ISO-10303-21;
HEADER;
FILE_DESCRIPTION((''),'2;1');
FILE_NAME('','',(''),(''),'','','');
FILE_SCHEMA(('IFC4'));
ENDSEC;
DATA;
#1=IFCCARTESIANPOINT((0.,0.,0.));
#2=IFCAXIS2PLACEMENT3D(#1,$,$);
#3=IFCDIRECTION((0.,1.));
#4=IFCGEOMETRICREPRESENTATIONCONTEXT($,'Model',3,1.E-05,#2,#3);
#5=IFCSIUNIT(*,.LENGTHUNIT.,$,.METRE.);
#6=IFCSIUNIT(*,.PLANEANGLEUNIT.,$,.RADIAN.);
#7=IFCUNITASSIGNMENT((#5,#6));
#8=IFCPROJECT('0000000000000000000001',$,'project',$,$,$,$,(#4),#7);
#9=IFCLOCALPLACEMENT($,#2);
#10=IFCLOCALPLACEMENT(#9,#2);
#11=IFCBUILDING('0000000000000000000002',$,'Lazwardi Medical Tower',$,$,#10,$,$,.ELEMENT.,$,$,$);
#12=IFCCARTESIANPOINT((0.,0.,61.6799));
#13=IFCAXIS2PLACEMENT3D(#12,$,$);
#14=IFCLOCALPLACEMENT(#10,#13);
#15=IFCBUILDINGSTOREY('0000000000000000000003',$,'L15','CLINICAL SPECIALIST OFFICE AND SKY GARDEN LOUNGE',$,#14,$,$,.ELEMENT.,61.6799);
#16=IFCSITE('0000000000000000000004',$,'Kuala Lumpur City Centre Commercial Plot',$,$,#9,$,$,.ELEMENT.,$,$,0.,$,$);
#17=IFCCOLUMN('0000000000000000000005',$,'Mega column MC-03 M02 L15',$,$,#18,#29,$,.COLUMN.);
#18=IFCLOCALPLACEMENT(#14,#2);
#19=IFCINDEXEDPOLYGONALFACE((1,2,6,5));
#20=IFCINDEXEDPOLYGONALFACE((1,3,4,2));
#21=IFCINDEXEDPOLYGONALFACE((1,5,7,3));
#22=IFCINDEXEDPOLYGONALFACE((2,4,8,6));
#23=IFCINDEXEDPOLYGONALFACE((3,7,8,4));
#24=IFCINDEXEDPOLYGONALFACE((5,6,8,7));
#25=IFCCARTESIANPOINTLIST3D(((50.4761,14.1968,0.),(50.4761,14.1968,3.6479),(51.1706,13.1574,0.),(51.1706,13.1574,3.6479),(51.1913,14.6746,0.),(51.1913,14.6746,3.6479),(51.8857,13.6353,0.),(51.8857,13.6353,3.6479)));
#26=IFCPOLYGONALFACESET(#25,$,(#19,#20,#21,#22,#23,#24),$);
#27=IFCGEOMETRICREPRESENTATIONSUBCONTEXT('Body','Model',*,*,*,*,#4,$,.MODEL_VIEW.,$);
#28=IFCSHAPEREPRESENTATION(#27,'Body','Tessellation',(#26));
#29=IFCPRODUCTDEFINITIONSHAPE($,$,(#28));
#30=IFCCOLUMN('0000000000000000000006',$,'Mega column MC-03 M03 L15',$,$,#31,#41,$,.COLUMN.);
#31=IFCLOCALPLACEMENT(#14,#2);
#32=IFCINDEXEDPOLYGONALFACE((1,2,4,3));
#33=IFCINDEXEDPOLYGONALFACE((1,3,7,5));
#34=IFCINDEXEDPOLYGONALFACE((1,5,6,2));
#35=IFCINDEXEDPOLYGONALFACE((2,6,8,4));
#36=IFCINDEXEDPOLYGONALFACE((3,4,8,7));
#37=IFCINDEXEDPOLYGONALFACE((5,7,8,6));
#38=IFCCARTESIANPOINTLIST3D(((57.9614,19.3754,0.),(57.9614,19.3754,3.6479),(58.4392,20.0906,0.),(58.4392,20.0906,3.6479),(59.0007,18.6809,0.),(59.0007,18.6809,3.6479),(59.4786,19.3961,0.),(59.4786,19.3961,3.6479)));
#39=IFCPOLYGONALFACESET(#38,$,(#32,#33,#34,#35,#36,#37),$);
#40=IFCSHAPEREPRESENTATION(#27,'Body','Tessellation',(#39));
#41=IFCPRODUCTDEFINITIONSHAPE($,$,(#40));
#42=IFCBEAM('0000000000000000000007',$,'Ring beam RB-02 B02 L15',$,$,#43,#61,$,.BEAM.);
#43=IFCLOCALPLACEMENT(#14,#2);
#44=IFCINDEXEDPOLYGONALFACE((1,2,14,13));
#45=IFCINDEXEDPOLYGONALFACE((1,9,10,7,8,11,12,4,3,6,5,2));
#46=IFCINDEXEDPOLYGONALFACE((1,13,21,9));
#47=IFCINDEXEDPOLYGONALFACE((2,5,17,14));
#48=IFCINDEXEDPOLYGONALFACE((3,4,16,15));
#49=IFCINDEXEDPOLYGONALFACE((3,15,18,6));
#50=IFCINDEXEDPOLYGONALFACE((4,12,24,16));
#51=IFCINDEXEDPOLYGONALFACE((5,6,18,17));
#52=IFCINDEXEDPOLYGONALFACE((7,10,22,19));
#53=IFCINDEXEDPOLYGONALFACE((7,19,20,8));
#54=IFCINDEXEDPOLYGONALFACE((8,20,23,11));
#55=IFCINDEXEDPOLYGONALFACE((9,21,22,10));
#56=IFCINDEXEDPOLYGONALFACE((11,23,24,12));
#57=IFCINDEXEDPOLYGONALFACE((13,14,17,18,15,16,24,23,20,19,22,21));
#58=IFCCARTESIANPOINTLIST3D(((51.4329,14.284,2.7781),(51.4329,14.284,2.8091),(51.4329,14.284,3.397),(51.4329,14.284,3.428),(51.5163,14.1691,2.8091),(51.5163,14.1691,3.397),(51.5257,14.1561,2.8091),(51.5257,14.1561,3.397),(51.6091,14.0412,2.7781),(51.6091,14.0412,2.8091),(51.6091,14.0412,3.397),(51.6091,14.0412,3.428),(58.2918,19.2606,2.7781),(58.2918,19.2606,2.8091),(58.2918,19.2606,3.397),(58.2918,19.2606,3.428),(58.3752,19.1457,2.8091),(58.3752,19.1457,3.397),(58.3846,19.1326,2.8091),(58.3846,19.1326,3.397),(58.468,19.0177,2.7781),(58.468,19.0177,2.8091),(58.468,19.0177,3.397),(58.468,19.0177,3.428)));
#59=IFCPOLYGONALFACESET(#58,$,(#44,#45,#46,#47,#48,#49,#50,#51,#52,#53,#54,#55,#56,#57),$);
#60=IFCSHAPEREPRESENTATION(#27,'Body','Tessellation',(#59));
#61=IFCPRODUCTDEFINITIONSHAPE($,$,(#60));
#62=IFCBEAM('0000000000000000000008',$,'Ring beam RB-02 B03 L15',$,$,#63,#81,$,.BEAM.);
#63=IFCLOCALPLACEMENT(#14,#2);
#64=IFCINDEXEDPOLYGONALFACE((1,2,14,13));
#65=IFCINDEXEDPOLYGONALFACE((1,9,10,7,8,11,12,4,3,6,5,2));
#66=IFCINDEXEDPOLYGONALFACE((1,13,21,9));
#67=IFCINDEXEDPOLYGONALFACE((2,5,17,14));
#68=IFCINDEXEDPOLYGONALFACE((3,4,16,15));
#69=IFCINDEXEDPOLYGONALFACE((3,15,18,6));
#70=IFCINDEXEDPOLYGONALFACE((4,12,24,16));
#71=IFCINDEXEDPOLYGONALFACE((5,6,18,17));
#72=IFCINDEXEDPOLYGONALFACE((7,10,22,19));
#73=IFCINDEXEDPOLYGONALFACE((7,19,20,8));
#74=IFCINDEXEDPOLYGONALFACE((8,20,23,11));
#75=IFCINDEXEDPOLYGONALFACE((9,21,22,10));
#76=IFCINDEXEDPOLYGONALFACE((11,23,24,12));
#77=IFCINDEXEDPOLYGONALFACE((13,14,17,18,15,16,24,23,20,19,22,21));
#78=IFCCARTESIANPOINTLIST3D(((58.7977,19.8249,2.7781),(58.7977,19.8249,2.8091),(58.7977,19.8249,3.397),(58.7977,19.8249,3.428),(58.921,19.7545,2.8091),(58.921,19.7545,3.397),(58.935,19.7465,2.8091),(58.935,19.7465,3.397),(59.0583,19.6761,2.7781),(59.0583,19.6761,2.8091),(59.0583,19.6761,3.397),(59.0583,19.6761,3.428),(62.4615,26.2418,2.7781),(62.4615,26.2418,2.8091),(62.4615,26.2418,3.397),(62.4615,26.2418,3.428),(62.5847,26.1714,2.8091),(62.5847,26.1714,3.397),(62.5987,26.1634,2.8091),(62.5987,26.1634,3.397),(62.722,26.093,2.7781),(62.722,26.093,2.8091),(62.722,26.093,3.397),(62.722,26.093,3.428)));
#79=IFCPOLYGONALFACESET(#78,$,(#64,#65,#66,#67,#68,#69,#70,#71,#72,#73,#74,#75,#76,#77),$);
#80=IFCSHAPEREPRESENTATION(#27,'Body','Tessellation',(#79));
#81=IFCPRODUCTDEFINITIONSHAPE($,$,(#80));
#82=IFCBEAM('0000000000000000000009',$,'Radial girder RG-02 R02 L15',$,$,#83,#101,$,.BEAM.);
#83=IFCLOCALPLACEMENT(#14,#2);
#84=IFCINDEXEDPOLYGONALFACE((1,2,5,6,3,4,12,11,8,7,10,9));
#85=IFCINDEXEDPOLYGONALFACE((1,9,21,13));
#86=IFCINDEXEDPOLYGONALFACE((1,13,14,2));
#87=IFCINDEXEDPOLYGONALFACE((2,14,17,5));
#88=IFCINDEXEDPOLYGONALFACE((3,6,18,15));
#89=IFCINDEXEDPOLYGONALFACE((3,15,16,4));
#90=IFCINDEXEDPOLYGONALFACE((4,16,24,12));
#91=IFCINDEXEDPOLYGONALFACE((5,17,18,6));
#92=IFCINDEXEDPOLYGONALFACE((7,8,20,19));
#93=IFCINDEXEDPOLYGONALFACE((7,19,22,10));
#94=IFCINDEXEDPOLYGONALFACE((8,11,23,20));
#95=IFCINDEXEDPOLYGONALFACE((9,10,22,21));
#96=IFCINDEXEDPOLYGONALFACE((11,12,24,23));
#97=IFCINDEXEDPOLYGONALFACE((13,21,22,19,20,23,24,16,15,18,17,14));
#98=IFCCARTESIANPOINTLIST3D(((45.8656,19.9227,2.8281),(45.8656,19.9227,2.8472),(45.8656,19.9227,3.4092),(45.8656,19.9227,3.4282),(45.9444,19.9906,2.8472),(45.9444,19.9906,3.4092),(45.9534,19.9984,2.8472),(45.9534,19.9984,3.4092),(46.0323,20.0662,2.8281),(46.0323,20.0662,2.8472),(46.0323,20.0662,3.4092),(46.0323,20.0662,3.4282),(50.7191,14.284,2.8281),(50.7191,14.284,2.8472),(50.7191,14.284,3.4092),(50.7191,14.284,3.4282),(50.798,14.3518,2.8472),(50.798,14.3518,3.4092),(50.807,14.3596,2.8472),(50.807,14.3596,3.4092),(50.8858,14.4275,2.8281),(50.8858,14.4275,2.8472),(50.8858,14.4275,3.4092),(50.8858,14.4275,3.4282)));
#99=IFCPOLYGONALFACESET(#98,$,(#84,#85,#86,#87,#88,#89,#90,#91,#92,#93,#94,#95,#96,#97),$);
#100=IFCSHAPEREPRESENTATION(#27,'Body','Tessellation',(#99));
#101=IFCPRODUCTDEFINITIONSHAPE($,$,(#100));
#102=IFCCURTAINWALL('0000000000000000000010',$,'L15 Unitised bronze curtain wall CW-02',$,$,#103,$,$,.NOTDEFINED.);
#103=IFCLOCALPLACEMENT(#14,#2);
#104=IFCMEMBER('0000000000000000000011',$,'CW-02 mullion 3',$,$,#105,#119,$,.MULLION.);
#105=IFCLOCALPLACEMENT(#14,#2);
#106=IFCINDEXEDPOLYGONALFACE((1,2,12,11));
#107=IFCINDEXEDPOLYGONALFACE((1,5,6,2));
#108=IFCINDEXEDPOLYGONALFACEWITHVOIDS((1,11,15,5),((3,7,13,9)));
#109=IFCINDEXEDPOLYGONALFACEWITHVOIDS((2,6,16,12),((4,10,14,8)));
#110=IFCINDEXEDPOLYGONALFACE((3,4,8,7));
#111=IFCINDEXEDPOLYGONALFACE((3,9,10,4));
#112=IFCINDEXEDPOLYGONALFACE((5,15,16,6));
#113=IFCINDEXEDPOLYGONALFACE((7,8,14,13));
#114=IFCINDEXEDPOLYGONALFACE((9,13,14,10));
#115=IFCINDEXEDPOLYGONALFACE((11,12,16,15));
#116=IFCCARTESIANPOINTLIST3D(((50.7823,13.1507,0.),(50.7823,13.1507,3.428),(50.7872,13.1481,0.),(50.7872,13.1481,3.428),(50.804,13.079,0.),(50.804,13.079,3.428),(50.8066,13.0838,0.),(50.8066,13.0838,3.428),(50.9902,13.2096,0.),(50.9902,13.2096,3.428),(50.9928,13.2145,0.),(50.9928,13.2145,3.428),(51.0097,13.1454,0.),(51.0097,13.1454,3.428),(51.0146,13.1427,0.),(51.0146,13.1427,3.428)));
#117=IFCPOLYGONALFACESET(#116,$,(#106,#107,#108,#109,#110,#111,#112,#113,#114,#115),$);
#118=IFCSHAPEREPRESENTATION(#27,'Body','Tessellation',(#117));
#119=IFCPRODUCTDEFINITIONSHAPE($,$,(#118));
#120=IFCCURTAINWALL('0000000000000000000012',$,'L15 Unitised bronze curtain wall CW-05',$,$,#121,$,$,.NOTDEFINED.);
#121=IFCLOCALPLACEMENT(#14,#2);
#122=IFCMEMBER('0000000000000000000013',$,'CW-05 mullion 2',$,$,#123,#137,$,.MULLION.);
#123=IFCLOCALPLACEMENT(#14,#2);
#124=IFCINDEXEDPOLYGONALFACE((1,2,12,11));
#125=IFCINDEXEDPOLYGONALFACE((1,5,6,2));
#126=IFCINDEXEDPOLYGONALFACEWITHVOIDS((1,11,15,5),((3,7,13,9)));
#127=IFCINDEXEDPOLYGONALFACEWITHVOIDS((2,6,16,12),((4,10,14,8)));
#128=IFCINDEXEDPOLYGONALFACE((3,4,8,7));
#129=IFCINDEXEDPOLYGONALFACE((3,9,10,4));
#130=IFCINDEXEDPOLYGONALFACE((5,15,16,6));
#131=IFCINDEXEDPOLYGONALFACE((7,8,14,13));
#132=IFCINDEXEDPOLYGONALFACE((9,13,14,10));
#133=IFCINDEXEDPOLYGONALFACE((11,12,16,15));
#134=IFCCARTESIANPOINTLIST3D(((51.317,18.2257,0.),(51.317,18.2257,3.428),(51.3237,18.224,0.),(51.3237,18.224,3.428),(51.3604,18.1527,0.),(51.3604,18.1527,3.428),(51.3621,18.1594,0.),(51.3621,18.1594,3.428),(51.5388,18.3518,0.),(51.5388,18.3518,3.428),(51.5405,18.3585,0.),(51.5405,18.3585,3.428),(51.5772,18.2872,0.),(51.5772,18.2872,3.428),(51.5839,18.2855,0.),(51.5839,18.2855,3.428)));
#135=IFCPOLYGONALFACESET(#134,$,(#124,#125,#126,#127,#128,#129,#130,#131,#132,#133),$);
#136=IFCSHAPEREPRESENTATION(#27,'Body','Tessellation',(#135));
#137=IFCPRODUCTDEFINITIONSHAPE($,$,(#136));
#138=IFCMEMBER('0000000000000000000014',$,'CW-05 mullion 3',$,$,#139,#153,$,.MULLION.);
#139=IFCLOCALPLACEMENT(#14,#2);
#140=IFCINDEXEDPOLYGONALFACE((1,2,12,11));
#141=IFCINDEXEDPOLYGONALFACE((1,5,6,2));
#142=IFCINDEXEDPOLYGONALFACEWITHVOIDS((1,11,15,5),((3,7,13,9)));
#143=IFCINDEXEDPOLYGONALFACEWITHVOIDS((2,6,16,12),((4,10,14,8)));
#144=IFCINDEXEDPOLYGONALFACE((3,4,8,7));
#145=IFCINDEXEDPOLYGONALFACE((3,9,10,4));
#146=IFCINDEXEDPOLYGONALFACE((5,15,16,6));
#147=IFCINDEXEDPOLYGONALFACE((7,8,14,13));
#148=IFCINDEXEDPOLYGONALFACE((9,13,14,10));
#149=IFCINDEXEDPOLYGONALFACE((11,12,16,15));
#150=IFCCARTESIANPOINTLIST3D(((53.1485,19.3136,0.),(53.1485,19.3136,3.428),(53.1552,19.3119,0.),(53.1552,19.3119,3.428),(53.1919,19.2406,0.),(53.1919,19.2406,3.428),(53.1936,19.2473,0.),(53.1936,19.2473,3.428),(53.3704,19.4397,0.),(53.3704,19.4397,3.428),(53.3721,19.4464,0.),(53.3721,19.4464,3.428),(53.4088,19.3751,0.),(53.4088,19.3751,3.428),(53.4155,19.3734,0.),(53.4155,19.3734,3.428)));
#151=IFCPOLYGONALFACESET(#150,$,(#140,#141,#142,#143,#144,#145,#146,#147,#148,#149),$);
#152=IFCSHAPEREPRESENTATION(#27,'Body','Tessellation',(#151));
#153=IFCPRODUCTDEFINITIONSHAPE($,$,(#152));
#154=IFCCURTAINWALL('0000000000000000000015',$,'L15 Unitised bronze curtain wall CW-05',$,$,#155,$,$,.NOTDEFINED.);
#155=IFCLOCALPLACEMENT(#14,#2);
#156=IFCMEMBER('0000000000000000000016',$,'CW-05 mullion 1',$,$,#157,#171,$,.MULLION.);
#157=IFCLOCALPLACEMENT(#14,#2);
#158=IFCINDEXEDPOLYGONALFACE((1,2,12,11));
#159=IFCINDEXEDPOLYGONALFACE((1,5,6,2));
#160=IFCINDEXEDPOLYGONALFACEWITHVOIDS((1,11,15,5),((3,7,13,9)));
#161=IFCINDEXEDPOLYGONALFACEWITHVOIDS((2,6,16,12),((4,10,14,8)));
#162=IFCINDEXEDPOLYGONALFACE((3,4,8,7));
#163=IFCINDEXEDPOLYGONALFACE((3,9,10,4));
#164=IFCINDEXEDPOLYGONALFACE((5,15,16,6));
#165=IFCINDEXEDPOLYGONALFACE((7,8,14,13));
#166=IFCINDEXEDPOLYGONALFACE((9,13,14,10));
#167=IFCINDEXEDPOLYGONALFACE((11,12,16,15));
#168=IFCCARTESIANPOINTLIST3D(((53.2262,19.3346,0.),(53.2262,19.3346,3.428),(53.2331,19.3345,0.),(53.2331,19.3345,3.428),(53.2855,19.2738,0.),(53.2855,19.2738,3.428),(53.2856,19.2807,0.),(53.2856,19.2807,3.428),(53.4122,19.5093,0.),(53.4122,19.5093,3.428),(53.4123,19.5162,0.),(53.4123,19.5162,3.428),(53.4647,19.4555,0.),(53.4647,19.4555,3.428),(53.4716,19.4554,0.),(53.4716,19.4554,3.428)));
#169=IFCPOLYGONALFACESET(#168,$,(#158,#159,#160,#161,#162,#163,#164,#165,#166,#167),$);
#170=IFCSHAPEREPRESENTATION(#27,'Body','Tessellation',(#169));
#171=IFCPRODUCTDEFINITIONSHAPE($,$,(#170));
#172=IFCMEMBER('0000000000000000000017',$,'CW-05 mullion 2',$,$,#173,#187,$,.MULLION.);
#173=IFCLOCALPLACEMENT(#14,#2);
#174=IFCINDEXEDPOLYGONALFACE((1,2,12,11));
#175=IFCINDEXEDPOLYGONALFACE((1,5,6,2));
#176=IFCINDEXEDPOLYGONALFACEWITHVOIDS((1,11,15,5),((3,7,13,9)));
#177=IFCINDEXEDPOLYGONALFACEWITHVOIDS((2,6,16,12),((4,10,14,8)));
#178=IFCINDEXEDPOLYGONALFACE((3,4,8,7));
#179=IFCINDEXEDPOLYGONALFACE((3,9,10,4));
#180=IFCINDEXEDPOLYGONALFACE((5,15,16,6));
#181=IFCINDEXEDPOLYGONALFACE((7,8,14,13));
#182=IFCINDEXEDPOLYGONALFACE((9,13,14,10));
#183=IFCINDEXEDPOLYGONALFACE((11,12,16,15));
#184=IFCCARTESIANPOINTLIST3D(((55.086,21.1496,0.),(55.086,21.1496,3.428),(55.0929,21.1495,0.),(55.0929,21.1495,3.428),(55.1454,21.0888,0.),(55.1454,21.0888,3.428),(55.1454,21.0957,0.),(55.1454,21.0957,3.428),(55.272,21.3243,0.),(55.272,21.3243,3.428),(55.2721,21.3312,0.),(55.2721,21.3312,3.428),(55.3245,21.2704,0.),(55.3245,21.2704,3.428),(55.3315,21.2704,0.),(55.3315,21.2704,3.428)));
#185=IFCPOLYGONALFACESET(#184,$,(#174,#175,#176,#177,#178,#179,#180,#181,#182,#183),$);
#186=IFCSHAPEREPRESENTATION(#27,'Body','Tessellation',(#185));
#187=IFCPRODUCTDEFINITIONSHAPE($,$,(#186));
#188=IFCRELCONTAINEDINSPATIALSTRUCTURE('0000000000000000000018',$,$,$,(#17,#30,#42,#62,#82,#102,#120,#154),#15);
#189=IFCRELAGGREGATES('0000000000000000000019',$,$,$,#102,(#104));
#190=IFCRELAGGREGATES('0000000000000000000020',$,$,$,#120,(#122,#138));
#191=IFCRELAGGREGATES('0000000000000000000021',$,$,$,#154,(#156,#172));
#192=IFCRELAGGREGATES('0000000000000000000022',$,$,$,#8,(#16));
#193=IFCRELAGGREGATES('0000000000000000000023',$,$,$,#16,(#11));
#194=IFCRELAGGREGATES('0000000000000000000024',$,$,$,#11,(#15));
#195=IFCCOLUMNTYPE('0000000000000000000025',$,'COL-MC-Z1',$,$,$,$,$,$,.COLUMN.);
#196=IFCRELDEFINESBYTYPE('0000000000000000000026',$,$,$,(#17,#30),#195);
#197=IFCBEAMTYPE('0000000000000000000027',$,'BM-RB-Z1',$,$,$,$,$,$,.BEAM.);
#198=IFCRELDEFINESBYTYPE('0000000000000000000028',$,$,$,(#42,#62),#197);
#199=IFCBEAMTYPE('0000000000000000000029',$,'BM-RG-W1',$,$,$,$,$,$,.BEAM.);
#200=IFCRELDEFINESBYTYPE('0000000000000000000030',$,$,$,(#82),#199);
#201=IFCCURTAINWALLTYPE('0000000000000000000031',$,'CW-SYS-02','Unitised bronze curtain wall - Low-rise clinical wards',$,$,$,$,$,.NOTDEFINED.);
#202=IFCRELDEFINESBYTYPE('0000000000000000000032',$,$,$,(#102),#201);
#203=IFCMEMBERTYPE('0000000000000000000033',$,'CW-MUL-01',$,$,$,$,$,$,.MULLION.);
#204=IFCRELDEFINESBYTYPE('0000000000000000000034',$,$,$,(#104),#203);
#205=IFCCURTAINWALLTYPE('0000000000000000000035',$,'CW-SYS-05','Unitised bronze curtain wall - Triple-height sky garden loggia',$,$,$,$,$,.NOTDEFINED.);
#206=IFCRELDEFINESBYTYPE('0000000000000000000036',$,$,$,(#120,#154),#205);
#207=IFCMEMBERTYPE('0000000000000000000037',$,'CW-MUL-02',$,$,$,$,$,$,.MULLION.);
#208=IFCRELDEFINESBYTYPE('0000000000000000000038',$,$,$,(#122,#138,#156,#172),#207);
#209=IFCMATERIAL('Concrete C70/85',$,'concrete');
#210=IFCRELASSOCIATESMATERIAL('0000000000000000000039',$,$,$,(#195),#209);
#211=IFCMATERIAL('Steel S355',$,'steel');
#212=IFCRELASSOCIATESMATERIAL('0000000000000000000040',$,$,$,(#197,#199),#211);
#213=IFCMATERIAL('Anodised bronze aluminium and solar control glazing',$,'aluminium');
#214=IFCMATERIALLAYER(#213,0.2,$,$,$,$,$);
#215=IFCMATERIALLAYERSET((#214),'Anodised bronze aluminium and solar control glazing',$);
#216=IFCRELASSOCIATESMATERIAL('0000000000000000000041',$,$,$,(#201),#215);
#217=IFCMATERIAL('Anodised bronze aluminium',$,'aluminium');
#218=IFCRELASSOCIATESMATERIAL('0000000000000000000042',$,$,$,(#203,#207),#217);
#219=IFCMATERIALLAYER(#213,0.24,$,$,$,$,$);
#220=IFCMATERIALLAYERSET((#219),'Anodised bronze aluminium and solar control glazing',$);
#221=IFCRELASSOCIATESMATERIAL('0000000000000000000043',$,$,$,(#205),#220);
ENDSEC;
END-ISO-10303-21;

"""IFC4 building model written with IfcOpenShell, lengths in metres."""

from ifc_helpers import new_model, si_unit, direction, frame, origin, origin_2d, place, context, subcontext, project, spatial, rectangle, hollow_rectangle, i_section, extrude, material, layer, layer_set, material_profile, profile_set, type_object, element, aggregate, save


model = new_model("IFC4")

# Units and contexts
model_context = context("Model", 3, precision=1e-05, world=origin(), true_north=direction((0.0, 1.0)))
body_context = subcontext(model_context, "Body", "Model", "MODEL_VIEW")
ifc_project = project(units=[si_unit("LENGTHUNIT", "METRE"), si_unit("PLANEANGLEUNIT", "RADIAN")], contexts=[model_context])

# Site, building, storey
site_placement = place(None, origin())
site = spatial("IfcSite", under=ifc_project, at=site_placement, Name="Kuala Lumpur City Centre Commercial Plot", CompositionType="ELEMENT", RefElevation=0.0)
building_placement = place(site_placement, origin())
building = spatial("IfcBuilding", under=site, at=building_placement, Name="Lazwardi Medical Tower", CompositionType="ELEMENT")
storey_placement = place(building_placement, frame((0.0, 0.0, 61.6799)))
storey = spatial("IfcBuildingStorey", under=building, at=storey_placement, Name="L15", Description="CLINICAL SPECIALIST OFFICE AND SKY GARDEN LOUNGE", CompositionType="ELEMENT", Elevation=61.6799)

# Columns
ifc_material_1 = material(Name="Concrete C70/85", Category="concrete")
ifc_material_profile_1 = material_profile(ifc_material_1, rectangle(XDim=1.25, YDim=0.8601, at=origin_2d()), Name="CFT-RECT 1250x860")
ifc_profile_set_1 = profile_set([ifc_material_profile_1], Name="Concrete C70/85")
column_type = type_object("IfcColumnType", Name="COL-MC-Z1", PredefinedType="COLUMN", material=ifc_profile_set_1)
for number, where, z_axis, x_axis, name in (
    (1, (51.1809, 13.916, 0.0), (0.0, 0.0, 1.0), (0.55557, -0.83147, 0.0), "Mega column MC-03 M02 L15"),
    (2, (58.72, 19.3857, 0.0), (0.0, 0.0, 1.0), (0.83147, -0.55557, 0.0), "Mega column MC-03 M03 L15"),
):
    element("IfcColumn", number, at=place(storey_placement, frame(where, z_axis=z_axis, x_axis=x_axis)), inside=storey, type_object=column_type, Name=name, PredefinedType="COLUMN", context=body_context, shape_type="SweptSolid", body=[
        extrude(rectangle(XDim=1.25, YDim=0.8601, at=origin_2d()), origin(), (0.0, 0.0, 1.0), 3.6479),
    ])

# Beams
ifc_material_2 = material(Name="Steel S355", Category="steel")
ifc_material_profile_2 = material_profile(ifc_material_2, i_section(OverallWidth=0.3, OverallDepth=0.6499, WebThickness=0.0161, FlangeThickness=0.031, at=origin_2d()), Name="HEB 650")
ifc_profile_set_2 = profile_set([ifc_material_profile_2], Name="Steel S355")
beam_type_1 = type_object("IfcBeamType", Name="BM-RB-Z1", PredefinedType="BEAM", material=ifc_profile_set_2)
beam_1_placement = place(storey_placement, frame((51.521, 14.1626, 3.103), z_axis=(0.809393, 0.587267, 0.0), x_axis=(-0.587267, 0.809393, 0.0)))
element("IfcBeam", 3, at=beam_1_placement, inside=storey, type_object=beam_type_1, Name="Ring beam RB-02 B02 L15", PredefinedType="BEAM", context=body_context, shape_type="SweptSolid", body=[
    extrude(i_section(OverallWidth=0.3, OverallDepth=0.6499, WebThickness=0.0161, FlangeThickness=0.031, at=origin_2d()), origin(), (0.0, 0.0, 1.0), 8.4741),
])
beam_2_placement = place(storey_placement, frame((58.928, 19.7505, 3.103), z_axis=(0.495829, 0.86842, 0.0), x_axis=(-0.86842, 0.495829, 0.0)))
element("IfcBeam", 4, at=beam_2_placement, inside=storey, type_object=beam_type_1, Name="Ring beam RB-02 B03 L15", PredefinedType="BEAM", context=body_context, shape_type="SweptSolid", body=[
    extrude(i_section(OverallWidth=0.3, OverallDepth=0.6499, WebThickness=0.0161, FlangeThickness=0.031, at=origin_2d()), origin(), (0.0, 0.0, 1.0), 7.3892),
])
ifc_material_profile_3 = material_profile(ifc_material_2, i_section(OverallWidth=0.22, OverallDepth=0.6001, WebThickness=0.012, FlangeThickness=0.019, at=origin_2d()), Name="IPE 600")
ifc_profile_set_3 = profile_set([ifc_material_profile_3], Name="Steel S355")
beam_type_2 = type_object("IfcBeamType", Name="BM-RG-W1", PredefinedType="BEAM", material=ifc_profile_set_3)
beam_3_placement = place(storey_placement, frame((50.8025, 14.3557, 3.1282), z_axis=(-0.652368, 0.757902, 0.0), x_axis=(-0.757902, -0.652368, 0.0)))
element("IfcBeam", 5, at=beam_3_placement, inside=storey, type_object=beam_type_2, Name="Radial girder RG-02 R02 L15", PredefinedType="BEAM", context=body_context, shape_type="SweptSolid", body=[
    extrude(i_section(OverallWidth=0.22, OverallDepth=0.6001, WebThickness=0.012, FlangeThickness=0.019, at=origin_2d()), origin(), (0.0, 0.0, 1.0), 7.4399),
])

# Curtain wall, member
ifc_material_3 = material(Name="Anodised bronze aluminium and solar control glazing", Category="aluminium")
ifc_layer_1 = layer(ifc_material_3, 0.2)
ifc_layer_set_1 = layer_set([ifc_layer_1], Name="Anodised bronze aluminium and solar control glazing")
curtain_wall_type_1 = type_object("IfcCurtainWallType", Name="CW-SYS-02", Description="Unitised bronze curtain wall - Low-rise clinical wards", PredefinedType="NOTDEFINED", material=ifc_layer_set_1)
curtain_wall_1_placement = place(storey_placement, origin())
curtain_wall_1 = element("IfcCurtainWall", 6, at=curtain_wall_1_placement, inside=storey, type_object=curtain_wall_type_1, Name="L15 Unitised bronze curtain wall CW-02", PredefinedType="NOTDEFINED")
ifc_material_4 = material(Name="Anodised bronze aluminium", Category="aluminium")
ifc_material_profile_4 = material_profile(ifc_material_4, hollow_rectangle(XDim=0.075, YDim=0.22, WallThickness=0.0039, at=origin_2d()), Name="ALU-MULLION 220x75x4")
ifc_profile_set_4 = profile_set([ifc_material_profile_4], Name="Anodised bronze aluminium")
member_type_1 = type_object("IfcMemberType", Name="CW-MUL-01", PredefinedType="MULLION", material=ifc_profile_set_4)
member_1_placement = place(storey_placement, frame((50.8984, 13.1467, 0.0), z_axis=(0.0, 0.0, 1.0), x_axis=(-0.289896, 0.957058, 0.0)))
member_1 = element("IfcMember", 7, at=member_1_placement, type_object=member_type_1, Name="CW-02 mullion 3", PredefinedType="MULLION", context=body_context, shape_type="SweptSolid", body=[
    extrude(hollow_rectangle(XDim=0.075, YDim=0.22, WallThickness=0.0039, at=origin_2d()), origin(), (0.0, 0.0, 1.0), 3.428),
])
aggregate(curtain_wall_1, [member_1])

# Curtain walls, members
ifc_layer_2 = layer(ifc_material_3, 0.24)
ifc_layer_set_2 = layer_set([ifc_layer_2], Name="Anodised bronze aluminium and solar control glazing")
curtain_wall_type_2 = type_object("IfcCurtainWallType", Name="CW-SYS-05", Description="Unitised bronze curtain wall - Triple-height sky garden loggia", PredefinedType="NOTDEFINED", material=ifc_layer_set_2)
curtain_wall_2_placement = place(storey_placement, origin())
curtain_wall_2 = element("IfcCurtainWall", 8, at=curtain_wall_2_placement, inside=storey, type_object=curtain_wall_type_2, Name="L15 Unitised bronze curtain wall CW-05", PredefinedType="NOTDEFINED")
ifc_material_profile_5 = material_profile(ifc_material_4, hollow_rectangle(XDim=0.085, YDim=0.26, WallThickness=0.0049, at=origin_2d()), Name="ALU-MULLION 260x85x5")
ifc_profile_set_5 = profile_set([ifc_material_profile_5], Name="Anodised bronze aluminium")
member_type_2 = type_object("IfcMemberType", Name="CW-MUL-02", PredefinedType="MULLION", material=ifc_profile_set_5)
member_2_placement = place(storey_placement, frame((51.4504, 18.2556, 0.0), z_axis=(0.0, 0.0, 1.0), x_axis=(-0.51068, 0.859771, 0.0)))
member_2 = element("IfcMember", 9, at=member_2_placement, type_object=member_type_2, Name="CW-05 mullion 2", PredefinedType="MULLION", context=body_context, shape_type="SweptSolid", body=[
    extrude(hollow_rectangle(XDim=0.085, YDim=0.26, WallThickness=0.0049, at=origin_2d()), origin(), (0.0, 0.0, 1.0), 3.428),
])
member_3_placement = place(storey_placement, frame((53.282, 19.3435, 0.0), z_axis=(0.0, 0.0, 1.0), x_axis=(-0.51068, 0.859771, 0.0)))
member_3 = element("IfcMember", 10, at=member_3_placement, type_object=member_type_2, Name="CW-05 mullion 3", PredefinedType="MULLION", context=body_context, shape_type="SweptSolid", body=[
    extrude(hollow_rectangle(XDim=0.085, YDim=0.26, WallThickness=0.0049, at=origin_2d()), origin(), (0.0, 0.0, 1.0), 3.428),
])
curtain_wall_3_placement = place(storey_placement, origin())
curtain_wall_3 = element("IfcCurtainWall", 11, at=curtain_wall_3_placement, inside=storey, type_object=curtain_wall_type_2, Name="L15 Unitised bronze curtain wall CW-05", PredefinedType="NOTDEFINED")
member_4_placement = place(storey_placement, frame((53.3489, 19.395, 0.0), z_axis=(0.0, 0.0, 1.0), x_axis=(-0.698402, 0.715706, 0.0)))
member_4 = element("IfcMember", 12, at=member_4_placement, type_object=member_type_2, Name="CW-05 mullion 1", PredefinedType="MULLION", context=body_context, shape_type="SweptSolid", body=[
    extrude(hollow_rectangle(XDim=0.085, YDim=0.26, WallThickness=0.0049, at=origin_2d()), origin(), (0.0, 0.0, 1.0), 3.428),
])
member_5_placement = place(storey_placement, frame((55.2087, 21.21, 0.0), z_axis=(0.0, 0.0, 1.0), x_axis=(-0.698402, 0.715706, 0.0)))
member_5 = element("IfcMember", 13, at=member_5_placement, type_object=member_type_2, Name="CW-05 mullion 2", PredefinedType="MULLION", context=body_context, shape_type="SweptSolid", body=[
    extrude(hollow_rectangle(XDim=0.085, YDim=0.26, WallThickness=0.0049, at=origin_2d()), origin(), (0.0, 0.0, 1.0), 3.428),
])

aggregate(curtain_wall_2, [member_2, member_3])
aggregate(curtain_wall_3, [member_4, member_5])

save(model, "model.ifc")
